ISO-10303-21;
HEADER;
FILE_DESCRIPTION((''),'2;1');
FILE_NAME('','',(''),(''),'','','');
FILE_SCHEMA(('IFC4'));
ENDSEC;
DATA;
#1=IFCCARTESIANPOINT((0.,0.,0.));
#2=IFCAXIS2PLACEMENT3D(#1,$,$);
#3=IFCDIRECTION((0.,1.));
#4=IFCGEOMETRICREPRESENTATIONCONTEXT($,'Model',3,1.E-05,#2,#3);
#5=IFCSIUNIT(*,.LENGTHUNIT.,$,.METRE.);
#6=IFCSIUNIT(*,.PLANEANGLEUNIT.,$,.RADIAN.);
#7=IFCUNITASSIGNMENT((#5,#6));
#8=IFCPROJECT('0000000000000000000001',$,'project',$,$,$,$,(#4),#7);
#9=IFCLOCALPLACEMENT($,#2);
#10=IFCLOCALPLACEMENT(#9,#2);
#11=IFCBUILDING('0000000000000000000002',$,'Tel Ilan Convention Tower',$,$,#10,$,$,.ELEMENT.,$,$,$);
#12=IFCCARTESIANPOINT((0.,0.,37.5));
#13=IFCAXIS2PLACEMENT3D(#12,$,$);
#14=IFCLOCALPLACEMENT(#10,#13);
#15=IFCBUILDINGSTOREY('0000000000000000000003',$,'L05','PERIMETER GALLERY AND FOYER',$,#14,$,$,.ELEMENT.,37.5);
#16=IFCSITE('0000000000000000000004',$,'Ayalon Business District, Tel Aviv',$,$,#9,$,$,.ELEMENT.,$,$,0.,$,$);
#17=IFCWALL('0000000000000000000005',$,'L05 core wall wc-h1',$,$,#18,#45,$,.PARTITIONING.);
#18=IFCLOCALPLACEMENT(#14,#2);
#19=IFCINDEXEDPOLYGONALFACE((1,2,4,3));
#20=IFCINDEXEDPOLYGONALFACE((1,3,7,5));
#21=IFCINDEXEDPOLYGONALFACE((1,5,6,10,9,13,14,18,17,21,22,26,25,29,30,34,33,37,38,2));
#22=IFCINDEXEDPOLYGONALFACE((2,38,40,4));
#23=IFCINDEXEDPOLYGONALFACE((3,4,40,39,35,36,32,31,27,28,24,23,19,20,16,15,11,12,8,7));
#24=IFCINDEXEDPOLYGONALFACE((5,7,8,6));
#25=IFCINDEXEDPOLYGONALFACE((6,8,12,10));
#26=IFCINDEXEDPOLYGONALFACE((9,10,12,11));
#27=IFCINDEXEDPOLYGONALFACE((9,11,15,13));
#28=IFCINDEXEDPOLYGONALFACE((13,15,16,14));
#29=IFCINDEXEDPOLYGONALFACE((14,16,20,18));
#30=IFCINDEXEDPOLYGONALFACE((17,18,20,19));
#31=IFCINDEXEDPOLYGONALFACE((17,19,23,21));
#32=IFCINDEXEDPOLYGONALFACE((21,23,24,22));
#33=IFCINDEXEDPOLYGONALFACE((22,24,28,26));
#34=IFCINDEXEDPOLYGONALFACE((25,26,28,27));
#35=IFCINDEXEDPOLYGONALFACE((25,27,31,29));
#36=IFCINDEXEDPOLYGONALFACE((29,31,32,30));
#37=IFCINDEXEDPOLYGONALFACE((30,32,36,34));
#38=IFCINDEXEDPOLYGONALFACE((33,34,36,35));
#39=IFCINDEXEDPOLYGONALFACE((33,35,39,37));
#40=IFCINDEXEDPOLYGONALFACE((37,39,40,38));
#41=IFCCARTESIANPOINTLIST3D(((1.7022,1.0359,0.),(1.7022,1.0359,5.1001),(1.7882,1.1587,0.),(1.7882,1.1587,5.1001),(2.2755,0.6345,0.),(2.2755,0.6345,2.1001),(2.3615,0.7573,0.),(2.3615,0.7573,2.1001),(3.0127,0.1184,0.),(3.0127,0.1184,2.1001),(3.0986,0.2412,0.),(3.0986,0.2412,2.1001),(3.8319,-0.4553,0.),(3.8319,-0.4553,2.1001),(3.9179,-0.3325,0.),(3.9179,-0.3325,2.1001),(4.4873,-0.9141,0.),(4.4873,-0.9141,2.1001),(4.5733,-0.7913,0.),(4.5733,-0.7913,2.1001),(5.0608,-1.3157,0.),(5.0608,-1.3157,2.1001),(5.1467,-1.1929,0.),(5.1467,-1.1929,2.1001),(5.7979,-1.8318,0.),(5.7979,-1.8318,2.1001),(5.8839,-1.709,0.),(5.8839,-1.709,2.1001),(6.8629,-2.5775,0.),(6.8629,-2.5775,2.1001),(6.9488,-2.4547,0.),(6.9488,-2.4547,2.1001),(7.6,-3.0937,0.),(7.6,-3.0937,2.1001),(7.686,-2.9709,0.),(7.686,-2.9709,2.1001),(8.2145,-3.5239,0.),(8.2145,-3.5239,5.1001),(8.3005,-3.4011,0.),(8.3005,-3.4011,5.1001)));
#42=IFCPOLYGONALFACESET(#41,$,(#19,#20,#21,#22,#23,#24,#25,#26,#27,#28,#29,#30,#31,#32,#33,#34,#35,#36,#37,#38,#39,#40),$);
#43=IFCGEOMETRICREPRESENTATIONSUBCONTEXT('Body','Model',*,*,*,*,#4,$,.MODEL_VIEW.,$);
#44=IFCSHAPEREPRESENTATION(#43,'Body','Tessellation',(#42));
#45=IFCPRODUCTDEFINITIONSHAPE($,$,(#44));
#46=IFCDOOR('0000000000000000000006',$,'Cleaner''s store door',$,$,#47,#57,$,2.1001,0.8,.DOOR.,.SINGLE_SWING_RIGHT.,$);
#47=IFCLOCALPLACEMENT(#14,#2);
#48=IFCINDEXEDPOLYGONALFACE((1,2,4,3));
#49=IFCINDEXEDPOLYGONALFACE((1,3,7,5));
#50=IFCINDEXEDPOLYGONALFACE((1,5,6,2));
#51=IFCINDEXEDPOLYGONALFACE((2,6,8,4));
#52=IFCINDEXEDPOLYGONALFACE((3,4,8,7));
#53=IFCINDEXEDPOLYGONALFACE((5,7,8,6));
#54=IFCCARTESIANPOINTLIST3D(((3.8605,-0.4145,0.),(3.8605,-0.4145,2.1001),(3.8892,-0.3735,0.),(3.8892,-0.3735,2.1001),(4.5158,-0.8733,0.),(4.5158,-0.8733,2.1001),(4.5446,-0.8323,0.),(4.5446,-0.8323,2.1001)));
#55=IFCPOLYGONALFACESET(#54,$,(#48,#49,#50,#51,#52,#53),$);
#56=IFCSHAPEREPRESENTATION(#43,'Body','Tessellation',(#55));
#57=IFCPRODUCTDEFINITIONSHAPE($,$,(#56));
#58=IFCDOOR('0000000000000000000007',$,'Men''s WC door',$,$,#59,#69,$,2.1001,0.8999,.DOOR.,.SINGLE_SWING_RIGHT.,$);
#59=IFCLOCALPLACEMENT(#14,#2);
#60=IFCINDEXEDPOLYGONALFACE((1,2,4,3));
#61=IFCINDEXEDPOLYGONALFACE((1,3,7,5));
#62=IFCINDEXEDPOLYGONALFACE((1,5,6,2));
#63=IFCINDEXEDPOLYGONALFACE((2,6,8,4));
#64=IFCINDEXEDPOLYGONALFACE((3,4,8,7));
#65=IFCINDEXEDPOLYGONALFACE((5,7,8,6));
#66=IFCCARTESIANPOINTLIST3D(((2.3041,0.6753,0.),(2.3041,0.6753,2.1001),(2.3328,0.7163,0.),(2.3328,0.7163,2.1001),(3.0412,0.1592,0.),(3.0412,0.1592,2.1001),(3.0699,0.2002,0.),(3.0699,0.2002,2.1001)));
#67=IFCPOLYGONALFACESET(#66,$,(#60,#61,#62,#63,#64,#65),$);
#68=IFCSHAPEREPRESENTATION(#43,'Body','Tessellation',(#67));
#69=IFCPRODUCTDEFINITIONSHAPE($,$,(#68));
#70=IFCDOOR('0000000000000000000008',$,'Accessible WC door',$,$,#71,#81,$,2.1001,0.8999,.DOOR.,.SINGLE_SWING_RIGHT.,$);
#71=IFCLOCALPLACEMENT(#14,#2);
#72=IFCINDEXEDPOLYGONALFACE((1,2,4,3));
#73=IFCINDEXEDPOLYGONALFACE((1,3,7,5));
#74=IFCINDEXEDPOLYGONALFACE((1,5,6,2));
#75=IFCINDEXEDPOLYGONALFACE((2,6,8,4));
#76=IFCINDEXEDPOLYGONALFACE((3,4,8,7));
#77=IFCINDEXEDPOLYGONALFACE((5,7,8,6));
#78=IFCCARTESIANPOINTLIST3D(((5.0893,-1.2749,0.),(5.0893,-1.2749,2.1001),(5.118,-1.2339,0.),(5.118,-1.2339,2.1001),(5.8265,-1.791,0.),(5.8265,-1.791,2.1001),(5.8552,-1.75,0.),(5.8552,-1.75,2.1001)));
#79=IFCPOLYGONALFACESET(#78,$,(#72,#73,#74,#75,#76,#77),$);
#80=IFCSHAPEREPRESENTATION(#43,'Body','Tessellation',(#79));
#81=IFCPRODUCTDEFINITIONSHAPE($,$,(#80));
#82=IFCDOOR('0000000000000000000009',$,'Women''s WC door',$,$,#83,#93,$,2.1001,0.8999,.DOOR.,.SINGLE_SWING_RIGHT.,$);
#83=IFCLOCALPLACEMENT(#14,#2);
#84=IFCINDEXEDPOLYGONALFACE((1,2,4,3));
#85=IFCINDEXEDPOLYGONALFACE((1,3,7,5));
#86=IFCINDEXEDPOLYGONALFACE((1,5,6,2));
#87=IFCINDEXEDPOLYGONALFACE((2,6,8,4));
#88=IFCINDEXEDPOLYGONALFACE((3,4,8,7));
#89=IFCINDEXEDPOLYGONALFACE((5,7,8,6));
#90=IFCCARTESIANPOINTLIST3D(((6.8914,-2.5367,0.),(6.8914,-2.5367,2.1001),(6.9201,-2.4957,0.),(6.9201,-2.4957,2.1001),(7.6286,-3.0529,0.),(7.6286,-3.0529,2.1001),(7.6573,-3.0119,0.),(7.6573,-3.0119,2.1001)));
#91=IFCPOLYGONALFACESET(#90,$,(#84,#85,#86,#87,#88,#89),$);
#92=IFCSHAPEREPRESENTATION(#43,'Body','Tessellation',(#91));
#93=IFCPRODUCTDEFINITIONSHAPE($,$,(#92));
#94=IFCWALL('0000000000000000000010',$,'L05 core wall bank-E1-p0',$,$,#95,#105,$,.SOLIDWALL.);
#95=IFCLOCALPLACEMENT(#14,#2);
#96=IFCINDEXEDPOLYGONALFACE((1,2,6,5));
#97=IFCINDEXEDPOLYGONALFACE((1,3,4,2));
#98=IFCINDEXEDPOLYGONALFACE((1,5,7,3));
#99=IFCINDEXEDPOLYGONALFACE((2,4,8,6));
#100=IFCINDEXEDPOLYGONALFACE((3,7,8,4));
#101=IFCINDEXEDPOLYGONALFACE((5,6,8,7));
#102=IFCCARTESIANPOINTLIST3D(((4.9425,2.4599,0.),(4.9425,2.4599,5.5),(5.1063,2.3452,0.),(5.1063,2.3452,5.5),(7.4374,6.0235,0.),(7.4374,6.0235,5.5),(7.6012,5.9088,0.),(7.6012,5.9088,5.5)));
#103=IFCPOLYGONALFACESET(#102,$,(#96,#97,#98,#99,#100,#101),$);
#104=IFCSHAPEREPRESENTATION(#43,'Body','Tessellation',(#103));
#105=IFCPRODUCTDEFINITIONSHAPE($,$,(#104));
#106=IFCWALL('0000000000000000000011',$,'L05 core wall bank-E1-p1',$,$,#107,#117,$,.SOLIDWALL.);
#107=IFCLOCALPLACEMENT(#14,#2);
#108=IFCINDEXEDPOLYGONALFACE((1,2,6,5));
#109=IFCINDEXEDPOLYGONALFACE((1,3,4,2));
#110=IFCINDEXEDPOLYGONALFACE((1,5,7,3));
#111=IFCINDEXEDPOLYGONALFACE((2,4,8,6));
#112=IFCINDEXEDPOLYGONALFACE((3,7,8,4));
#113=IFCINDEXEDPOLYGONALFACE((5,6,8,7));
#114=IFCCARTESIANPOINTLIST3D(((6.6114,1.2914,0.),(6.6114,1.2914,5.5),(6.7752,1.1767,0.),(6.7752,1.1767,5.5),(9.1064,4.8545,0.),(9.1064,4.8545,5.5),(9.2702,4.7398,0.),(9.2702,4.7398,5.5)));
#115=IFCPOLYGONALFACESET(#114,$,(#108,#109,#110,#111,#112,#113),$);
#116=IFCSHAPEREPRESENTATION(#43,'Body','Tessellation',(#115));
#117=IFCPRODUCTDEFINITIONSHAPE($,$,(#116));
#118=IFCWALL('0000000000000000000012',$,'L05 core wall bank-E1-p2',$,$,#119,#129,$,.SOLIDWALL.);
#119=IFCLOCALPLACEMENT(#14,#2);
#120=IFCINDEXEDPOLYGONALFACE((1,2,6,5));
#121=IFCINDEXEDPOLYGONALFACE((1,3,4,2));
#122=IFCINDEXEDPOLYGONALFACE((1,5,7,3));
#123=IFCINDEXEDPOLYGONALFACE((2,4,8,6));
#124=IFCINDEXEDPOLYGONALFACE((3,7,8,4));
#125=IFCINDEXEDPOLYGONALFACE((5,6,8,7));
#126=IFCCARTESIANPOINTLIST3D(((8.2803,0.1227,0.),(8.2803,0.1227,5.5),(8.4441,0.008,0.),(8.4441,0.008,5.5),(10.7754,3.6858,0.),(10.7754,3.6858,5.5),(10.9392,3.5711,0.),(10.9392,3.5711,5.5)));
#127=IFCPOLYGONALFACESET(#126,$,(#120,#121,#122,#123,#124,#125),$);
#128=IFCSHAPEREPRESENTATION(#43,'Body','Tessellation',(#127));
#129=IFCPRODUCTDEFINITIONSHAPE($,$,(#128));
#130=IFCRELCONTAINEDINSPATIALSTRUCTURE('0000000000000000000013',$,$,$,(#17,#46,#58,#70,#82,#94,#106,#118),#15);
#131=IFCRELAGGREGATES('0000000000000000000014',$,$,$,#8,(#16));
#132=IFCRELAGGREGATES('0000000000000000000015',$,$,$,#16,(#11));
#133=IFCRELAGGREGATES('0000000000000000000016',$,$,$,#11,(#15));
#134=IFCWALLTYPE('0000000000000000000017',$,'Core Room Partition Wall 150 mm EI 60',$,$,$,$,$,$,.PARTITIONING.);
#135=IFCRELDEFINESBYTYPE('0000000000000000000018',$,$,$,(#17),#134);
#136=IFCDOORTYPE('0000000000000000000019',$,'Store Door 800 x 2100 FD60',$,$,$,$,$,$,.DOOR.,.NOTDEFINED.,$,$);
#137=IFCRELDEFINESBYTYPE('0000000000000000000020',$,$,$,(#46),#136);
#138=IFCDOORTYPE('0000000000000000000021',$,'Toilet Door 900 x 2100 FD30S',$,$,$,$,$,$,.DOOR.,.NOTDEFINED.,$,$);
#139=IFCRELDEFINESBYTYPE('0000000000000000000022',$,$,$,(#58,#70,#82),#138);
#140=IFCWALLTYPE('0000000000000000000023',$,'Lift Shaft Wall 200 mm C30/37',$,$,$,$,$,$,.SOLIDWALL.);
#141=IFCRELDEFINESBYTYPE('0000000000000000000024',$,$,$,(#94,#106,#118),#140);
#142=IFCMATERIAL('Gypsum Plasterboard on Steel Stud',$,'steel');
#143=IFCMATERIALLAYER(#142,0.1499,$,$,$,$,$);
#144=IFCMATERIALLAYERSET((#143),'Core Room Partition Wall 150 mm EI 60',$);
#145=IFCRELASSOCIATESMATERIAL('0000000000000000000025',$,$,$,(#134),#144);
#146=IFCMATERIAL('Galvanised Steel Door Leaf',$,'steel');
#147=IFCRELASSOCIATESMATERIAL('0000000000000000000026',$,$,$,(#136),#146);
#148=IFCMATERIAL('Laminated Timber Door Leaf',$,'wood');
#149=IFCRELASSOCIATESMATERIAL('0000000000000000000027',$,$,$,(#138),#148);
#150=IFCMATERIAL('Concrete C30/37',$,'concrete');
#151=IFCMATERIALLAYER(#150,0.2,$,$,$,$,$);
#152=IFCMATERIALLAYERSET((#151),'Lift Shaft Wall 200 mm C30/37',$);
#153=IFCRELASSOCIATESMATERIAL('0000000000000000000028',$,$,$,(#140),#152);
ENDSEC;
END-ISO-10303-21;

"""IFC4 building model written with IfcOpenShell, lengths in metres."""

from ifc_helpers import new_model, si_unit, direction, frame, frame_2d, origin, place, context, subcontext, project, spatial, rectangle, extrude, material, layer, layer_set, type_object, element, fill, save


model = new_model("IFC4")

# Units and contexts
model_context = context("Model", 3, precision=1e-05, world=origin(), true_north=direction((0.0, 1.0)))
body_context = subcontext(model_context, "Body", "Model", "MODEL_VIEW")
ifc_project = project(units=[si_unit("LENGTHUNIT", "METRE"), si_unit("PLANEANGLEUNIT", "RADIAN")], contexts=[model_context])

# Site, building, storey
site_placement = place(None, origin())
site = spatial("IfcSite", under=ifc_project, at=site_placement, Name="Ayalon Business District, Tel Aviv", CompositionType="ELEMENT", RefElevation=0.0)
building_placement = place(site_placement, origin())
building = spatial("IfcBuilding", under=site, at=building_placement, Name="Tel Ilan Convention Tower", CompositionType="ELEMENT")
storey_placement = place(building_placement, frame((0.0, 0.0, 37.5)))
storey = spatial("IfcBuildingStorey", under=building, at=storey_placement, Name="L05", Description="PERIMETER GALLERY AND FOYER", CompositionType="ELEMENT", Elevation=37.5)

# Wall, openings, doors
ifc_material_1 = material(Name="Gypsum Plasterboard on Steel Stud", Category="steel")
ifc_layer_1 = layer(ifc_material_1, 0.1499)
ifc_layer_set_1 = layer_set([ifc_layer_1], Name="Core Room Partition Wall 150 mm EI 60")
wall_type_1 = type_object("IfcWallType", Name="Core Room Partition Wall 150 mm EI 60", PredefinedType="PARTITIONING", material=ifc_layer_set_1)
wall_1_placement = place(storey_placement, frame((1.7451, 1.0974, 0.0), z_axis=(0.0, 0.0, 1.0), x_axis=(0.819157, -0.57357, 0.0)))
wall_1 = element("IfcWall", 1, at=wall_1_placement, inside=storey, type_object=wall_type_1, Name="L05 core wall wc-h1", PredefinedType="PARTITIONING", context=body_context, shape_type="SweptSolid", body=[
    extrude(rectangle(XDim=7.95, YDim=0.1499, at=frame_2d((3.9751, 0.0))), origin(), (0.0, 0.0, 1.0), 5.1001),
])
opening_1_placement = place(wall_1_placement, frame((0.7, 0.0, 0.0)))
opening_1 = element("IfcOpeningElement", 2, at=opening_1_placement, cuts=wall_1, PredefinedType="OPENING", context=body_context, shape_type="SweptSolid", body=[
    extrude(rectangle(XDim=0.8999, YDim=2.1001, at=frame_2d((0.45, 1.05))), frame((0.0, 0.085, 0.0), z_axis=(0.0, -1.0, 0.0), x_axis=(1.0, 0.0, 0.0)), (0.0, 0.0, 1.0), 0.1699),
])
opening_2_placement = place(wall_1_placement, frame((2.6001, 0.0, 0.0)))
opening_2 = element("IfcOpeningElement", 3, at=opening_2_placement, cuts=wall_1, PredefinedType="OPENING", context=body_context, shape_type="SweptSolid", body=[
    extrude(rectangle(XDim=0.8, YDim=2.1001, at=frame_2d((0.3999, 1.05))), frame((0.0, 0.085, 0.0), z_axis=(0.0, -1.0, 0.0), x_axis=(1.0, 0.0, 0.0)), (0.0, 0.0, 1.0), 0.1699),
])
opening_3_placement = place(wall_1_placement, frame((4.1001, 0.0, 0.0)))
opening_3 = element("IfcOpeningElement", 4, at=opening_3_placement, cuts=wall_1, PredefinedType="OPENING", context=body_context, shape_type="SweptSolid", body=[
    extrude(rectangle(XDim=0.8999, YDim=2.1001, at=frame_2d((0.45, 1.05))), frame((0.0, 0.085, 0.0), z_axis=(0.0, -1.0, 0.0), x_axis=(1.0, 0.0, 0.0)), (0.0, 0.0, 1.0), 0.1699),
])
opening_4_placement = place(wall_1_placement, frame((6.3, 0.0, 0.0)))
opening_4 = element("IfcOpeningElement", 5, at=opening_4_placement, cuts=wall_1, PredefinedType="OPENING", context=body_context, shape_type="SweptSolid", body=[
    extrude(rectangle(XDim=0.8999, YDim=2.1001, at=frame_2d((0.45, 1.05))), frame((0.0, 0.085, 0.0), z_axis=(0.0, -1.0, 0.0), x_axis=(1.0, 0.0, 0.0)), (0.0, 0.0, 1.0), 0.1699),
])
ifc_material_2 = material(Name="Galvanised Steel Door Leaf", Category="steel")
door_type_1 = type_object("IfcDoorType", Name="Store Door 800 x 2100 FD60", OperationType="NOTDEFINED", PredefinedType="DOOR", material=ifc_material_2)
door_1_placement = place(opening_2_placement, origin())
door_1 = element("IfcDoor", 6, at=door_1_placement, inside=storey, type_object=door_type_1, Name="Cleaner's store door", OperationType="SINGLE_SWING_RIGHT", OverallHeight=2.1001, OverallWidth=0.8, PredefinedType="DOOR", context=body_context, shape_type="SweptSolid", body=[
    extrude(rectangle(XDim=0.8, YDim=2.1001, at=frame_2d((0.3999, 1.05))), frame((0.0, 0.0249, 0.0), z_axis=(0.0, -1.0, 0.0), x_axis=(1.0, 0.0, 0.0)), (0.0, 0.0, 1.0), 0.05),
])
fill(opening_2, door_1)
ifc_material_3 = material(Name="Laminated Timber Door Leaf", Category="wood")
door_type_2 = type_object("IfcDoorType", Name="Toilet Door 900 x 2100 FD30S", OperationType="NOTDEFINED", PredefinedType="DOOR", material=ifc_material_3)
door_2_placement = place(opening_1_placement, origin())
door_2 = element("IfcDoor", 7, at=door_2_placement, inside=storey, type_object=door_type_2, Name="Men's WC door", OperationType="SINGLE_SWING_RIGHT", OverallHeight=2.1001, OverallWidth=0.8999, PredefinedType="DOOR", context=body_context, shape_type="SweptSolid", body=[
    extrude(rectangle(XDim=0.8999, YDim=2.1001, at=frame_2d((0.45, 1.05))), frame((0.0, 0.0249, 0.0), z_axis=(0.0, -1.0, 0.0), x_axis=(1.0, 0.0, 0.0)), (0.0, 0.0, 1.0), 0.05),
])
fill(opening_1, door_2)
door_3_placement = place(opening_3_placement, origin())
door_3 = element("IfcDoor", 8, at=door_3_placement, inside=storey, type_object=door_type_2, Name="Accessible WC door", OperationType="SINGLE_SWING_RIGHT", OverallHeight=2.1001, OverallWidth=0.8999, PredefinedType="DOOR", context=body_context, shape_type="SweptSolid", body=[
    extrude(rectangle(XDim=0.8999, YDim=2.1001, at=frame_2d((0.45, 1.05))), frame((0.0, 0.0249, 0.0), z_axis=(0.0, -1.0, 0.0), x_axis=(1.0, 0.0, 0.0)), (0.0, 0.0, 1.0), 0.05),
])
fill(opening_3, door_3)
door_4_placement = place(opening_4_placement, origin())
door_4 = element("IfcDoor", 9, at=door_4_placement, inside=storey, type_object=door_type_2, Name="Women's WC door", OperationType="SINGLE_SWING_RIGHT", OverallHeight=2.1001, OverallWidth=0.8999, PredefinedType="DOOR", context=body_context, shape_type="SweptSolid", body=[
    extrude(rectangle(XDim=0.8999, YDim=2.1001, at=frame_2d((0.45, 1.05))), frame((0.0, 0.0249, 0.0), z_axis=(0.0, -1.0, 0.0), x_axis=(1.0, 0.0, 0.0)), (0.0, 0.0, 1.0), 0.05),
])
fill(opening_4, door_4)

# Walls
ifc_material_4 = material(Name="Concrete C30/37", Category="concrete")
ifc_layer_2 = layer(ifc_material_4, 0.2)
ifc_layer_set_2 = layer_set([ifc_layer_2], Name="Lift Shaft Wall 200 mm C30/37")
wall_type_2 = type_object("IfcWallType", Name="Lift Shaft Wall 200 mm C30/37", PredefinedType="SOLIDWALL", material=ifc_layer_set_2)
wall_2_placement = place(storey_placement, frame((5.0244, 2.4026, 0.0), z_axis=(0.0, 0.0, 1.0), x_axis=(0.57353, 0.819184, 0.0)))
element("IfcWall", 10, at=wall_2_placement, inside=storey, type_object=wall_type_2, Name="L05 core wall bank-E1-p0", PredefinedType="SOLIDWALL", context=body_context, shape_type="SweptSolid", body=[
    extrude(rectangle(XDim=4.3501, YDim=0.2, at=frame_2d((2.175, 0.0))), origin(), (0.0, 0.0, 1.0), 5.5),
])
for number, where, z_axis, x_axis, name in (
    (11, (6.6934, 1.2341, 0.0), (0.0, 0.0, 1.0), (0.573594, 0.81914, 0.0), "L05 core wall bank-E1-p1"),
    (12, (8.3623, 0.0654, 0.0), (0.0, 0.0, 1.0), (0.573594, 0.81914, 0.0), "L05 core wall bank-E1-p2"),
):
    element("IfcWall", number, at=place(storey_placement, frame(where, z_axis=z_axis, x_axis=x_axis)), inside=storey, type_object=wall_type_2, Name=name, PredefinedType="SOLIDWALL", context=body_context, shape_type="SweptSolid", body=[
        extrude(rectangle(XDim=4.3499, YDim=0.2, at=frame_2d((2.1748, 0.0))), origin(), (0.0, 0.0, 1.0), 5.5),
    ])

save(model, "model.ifc")
